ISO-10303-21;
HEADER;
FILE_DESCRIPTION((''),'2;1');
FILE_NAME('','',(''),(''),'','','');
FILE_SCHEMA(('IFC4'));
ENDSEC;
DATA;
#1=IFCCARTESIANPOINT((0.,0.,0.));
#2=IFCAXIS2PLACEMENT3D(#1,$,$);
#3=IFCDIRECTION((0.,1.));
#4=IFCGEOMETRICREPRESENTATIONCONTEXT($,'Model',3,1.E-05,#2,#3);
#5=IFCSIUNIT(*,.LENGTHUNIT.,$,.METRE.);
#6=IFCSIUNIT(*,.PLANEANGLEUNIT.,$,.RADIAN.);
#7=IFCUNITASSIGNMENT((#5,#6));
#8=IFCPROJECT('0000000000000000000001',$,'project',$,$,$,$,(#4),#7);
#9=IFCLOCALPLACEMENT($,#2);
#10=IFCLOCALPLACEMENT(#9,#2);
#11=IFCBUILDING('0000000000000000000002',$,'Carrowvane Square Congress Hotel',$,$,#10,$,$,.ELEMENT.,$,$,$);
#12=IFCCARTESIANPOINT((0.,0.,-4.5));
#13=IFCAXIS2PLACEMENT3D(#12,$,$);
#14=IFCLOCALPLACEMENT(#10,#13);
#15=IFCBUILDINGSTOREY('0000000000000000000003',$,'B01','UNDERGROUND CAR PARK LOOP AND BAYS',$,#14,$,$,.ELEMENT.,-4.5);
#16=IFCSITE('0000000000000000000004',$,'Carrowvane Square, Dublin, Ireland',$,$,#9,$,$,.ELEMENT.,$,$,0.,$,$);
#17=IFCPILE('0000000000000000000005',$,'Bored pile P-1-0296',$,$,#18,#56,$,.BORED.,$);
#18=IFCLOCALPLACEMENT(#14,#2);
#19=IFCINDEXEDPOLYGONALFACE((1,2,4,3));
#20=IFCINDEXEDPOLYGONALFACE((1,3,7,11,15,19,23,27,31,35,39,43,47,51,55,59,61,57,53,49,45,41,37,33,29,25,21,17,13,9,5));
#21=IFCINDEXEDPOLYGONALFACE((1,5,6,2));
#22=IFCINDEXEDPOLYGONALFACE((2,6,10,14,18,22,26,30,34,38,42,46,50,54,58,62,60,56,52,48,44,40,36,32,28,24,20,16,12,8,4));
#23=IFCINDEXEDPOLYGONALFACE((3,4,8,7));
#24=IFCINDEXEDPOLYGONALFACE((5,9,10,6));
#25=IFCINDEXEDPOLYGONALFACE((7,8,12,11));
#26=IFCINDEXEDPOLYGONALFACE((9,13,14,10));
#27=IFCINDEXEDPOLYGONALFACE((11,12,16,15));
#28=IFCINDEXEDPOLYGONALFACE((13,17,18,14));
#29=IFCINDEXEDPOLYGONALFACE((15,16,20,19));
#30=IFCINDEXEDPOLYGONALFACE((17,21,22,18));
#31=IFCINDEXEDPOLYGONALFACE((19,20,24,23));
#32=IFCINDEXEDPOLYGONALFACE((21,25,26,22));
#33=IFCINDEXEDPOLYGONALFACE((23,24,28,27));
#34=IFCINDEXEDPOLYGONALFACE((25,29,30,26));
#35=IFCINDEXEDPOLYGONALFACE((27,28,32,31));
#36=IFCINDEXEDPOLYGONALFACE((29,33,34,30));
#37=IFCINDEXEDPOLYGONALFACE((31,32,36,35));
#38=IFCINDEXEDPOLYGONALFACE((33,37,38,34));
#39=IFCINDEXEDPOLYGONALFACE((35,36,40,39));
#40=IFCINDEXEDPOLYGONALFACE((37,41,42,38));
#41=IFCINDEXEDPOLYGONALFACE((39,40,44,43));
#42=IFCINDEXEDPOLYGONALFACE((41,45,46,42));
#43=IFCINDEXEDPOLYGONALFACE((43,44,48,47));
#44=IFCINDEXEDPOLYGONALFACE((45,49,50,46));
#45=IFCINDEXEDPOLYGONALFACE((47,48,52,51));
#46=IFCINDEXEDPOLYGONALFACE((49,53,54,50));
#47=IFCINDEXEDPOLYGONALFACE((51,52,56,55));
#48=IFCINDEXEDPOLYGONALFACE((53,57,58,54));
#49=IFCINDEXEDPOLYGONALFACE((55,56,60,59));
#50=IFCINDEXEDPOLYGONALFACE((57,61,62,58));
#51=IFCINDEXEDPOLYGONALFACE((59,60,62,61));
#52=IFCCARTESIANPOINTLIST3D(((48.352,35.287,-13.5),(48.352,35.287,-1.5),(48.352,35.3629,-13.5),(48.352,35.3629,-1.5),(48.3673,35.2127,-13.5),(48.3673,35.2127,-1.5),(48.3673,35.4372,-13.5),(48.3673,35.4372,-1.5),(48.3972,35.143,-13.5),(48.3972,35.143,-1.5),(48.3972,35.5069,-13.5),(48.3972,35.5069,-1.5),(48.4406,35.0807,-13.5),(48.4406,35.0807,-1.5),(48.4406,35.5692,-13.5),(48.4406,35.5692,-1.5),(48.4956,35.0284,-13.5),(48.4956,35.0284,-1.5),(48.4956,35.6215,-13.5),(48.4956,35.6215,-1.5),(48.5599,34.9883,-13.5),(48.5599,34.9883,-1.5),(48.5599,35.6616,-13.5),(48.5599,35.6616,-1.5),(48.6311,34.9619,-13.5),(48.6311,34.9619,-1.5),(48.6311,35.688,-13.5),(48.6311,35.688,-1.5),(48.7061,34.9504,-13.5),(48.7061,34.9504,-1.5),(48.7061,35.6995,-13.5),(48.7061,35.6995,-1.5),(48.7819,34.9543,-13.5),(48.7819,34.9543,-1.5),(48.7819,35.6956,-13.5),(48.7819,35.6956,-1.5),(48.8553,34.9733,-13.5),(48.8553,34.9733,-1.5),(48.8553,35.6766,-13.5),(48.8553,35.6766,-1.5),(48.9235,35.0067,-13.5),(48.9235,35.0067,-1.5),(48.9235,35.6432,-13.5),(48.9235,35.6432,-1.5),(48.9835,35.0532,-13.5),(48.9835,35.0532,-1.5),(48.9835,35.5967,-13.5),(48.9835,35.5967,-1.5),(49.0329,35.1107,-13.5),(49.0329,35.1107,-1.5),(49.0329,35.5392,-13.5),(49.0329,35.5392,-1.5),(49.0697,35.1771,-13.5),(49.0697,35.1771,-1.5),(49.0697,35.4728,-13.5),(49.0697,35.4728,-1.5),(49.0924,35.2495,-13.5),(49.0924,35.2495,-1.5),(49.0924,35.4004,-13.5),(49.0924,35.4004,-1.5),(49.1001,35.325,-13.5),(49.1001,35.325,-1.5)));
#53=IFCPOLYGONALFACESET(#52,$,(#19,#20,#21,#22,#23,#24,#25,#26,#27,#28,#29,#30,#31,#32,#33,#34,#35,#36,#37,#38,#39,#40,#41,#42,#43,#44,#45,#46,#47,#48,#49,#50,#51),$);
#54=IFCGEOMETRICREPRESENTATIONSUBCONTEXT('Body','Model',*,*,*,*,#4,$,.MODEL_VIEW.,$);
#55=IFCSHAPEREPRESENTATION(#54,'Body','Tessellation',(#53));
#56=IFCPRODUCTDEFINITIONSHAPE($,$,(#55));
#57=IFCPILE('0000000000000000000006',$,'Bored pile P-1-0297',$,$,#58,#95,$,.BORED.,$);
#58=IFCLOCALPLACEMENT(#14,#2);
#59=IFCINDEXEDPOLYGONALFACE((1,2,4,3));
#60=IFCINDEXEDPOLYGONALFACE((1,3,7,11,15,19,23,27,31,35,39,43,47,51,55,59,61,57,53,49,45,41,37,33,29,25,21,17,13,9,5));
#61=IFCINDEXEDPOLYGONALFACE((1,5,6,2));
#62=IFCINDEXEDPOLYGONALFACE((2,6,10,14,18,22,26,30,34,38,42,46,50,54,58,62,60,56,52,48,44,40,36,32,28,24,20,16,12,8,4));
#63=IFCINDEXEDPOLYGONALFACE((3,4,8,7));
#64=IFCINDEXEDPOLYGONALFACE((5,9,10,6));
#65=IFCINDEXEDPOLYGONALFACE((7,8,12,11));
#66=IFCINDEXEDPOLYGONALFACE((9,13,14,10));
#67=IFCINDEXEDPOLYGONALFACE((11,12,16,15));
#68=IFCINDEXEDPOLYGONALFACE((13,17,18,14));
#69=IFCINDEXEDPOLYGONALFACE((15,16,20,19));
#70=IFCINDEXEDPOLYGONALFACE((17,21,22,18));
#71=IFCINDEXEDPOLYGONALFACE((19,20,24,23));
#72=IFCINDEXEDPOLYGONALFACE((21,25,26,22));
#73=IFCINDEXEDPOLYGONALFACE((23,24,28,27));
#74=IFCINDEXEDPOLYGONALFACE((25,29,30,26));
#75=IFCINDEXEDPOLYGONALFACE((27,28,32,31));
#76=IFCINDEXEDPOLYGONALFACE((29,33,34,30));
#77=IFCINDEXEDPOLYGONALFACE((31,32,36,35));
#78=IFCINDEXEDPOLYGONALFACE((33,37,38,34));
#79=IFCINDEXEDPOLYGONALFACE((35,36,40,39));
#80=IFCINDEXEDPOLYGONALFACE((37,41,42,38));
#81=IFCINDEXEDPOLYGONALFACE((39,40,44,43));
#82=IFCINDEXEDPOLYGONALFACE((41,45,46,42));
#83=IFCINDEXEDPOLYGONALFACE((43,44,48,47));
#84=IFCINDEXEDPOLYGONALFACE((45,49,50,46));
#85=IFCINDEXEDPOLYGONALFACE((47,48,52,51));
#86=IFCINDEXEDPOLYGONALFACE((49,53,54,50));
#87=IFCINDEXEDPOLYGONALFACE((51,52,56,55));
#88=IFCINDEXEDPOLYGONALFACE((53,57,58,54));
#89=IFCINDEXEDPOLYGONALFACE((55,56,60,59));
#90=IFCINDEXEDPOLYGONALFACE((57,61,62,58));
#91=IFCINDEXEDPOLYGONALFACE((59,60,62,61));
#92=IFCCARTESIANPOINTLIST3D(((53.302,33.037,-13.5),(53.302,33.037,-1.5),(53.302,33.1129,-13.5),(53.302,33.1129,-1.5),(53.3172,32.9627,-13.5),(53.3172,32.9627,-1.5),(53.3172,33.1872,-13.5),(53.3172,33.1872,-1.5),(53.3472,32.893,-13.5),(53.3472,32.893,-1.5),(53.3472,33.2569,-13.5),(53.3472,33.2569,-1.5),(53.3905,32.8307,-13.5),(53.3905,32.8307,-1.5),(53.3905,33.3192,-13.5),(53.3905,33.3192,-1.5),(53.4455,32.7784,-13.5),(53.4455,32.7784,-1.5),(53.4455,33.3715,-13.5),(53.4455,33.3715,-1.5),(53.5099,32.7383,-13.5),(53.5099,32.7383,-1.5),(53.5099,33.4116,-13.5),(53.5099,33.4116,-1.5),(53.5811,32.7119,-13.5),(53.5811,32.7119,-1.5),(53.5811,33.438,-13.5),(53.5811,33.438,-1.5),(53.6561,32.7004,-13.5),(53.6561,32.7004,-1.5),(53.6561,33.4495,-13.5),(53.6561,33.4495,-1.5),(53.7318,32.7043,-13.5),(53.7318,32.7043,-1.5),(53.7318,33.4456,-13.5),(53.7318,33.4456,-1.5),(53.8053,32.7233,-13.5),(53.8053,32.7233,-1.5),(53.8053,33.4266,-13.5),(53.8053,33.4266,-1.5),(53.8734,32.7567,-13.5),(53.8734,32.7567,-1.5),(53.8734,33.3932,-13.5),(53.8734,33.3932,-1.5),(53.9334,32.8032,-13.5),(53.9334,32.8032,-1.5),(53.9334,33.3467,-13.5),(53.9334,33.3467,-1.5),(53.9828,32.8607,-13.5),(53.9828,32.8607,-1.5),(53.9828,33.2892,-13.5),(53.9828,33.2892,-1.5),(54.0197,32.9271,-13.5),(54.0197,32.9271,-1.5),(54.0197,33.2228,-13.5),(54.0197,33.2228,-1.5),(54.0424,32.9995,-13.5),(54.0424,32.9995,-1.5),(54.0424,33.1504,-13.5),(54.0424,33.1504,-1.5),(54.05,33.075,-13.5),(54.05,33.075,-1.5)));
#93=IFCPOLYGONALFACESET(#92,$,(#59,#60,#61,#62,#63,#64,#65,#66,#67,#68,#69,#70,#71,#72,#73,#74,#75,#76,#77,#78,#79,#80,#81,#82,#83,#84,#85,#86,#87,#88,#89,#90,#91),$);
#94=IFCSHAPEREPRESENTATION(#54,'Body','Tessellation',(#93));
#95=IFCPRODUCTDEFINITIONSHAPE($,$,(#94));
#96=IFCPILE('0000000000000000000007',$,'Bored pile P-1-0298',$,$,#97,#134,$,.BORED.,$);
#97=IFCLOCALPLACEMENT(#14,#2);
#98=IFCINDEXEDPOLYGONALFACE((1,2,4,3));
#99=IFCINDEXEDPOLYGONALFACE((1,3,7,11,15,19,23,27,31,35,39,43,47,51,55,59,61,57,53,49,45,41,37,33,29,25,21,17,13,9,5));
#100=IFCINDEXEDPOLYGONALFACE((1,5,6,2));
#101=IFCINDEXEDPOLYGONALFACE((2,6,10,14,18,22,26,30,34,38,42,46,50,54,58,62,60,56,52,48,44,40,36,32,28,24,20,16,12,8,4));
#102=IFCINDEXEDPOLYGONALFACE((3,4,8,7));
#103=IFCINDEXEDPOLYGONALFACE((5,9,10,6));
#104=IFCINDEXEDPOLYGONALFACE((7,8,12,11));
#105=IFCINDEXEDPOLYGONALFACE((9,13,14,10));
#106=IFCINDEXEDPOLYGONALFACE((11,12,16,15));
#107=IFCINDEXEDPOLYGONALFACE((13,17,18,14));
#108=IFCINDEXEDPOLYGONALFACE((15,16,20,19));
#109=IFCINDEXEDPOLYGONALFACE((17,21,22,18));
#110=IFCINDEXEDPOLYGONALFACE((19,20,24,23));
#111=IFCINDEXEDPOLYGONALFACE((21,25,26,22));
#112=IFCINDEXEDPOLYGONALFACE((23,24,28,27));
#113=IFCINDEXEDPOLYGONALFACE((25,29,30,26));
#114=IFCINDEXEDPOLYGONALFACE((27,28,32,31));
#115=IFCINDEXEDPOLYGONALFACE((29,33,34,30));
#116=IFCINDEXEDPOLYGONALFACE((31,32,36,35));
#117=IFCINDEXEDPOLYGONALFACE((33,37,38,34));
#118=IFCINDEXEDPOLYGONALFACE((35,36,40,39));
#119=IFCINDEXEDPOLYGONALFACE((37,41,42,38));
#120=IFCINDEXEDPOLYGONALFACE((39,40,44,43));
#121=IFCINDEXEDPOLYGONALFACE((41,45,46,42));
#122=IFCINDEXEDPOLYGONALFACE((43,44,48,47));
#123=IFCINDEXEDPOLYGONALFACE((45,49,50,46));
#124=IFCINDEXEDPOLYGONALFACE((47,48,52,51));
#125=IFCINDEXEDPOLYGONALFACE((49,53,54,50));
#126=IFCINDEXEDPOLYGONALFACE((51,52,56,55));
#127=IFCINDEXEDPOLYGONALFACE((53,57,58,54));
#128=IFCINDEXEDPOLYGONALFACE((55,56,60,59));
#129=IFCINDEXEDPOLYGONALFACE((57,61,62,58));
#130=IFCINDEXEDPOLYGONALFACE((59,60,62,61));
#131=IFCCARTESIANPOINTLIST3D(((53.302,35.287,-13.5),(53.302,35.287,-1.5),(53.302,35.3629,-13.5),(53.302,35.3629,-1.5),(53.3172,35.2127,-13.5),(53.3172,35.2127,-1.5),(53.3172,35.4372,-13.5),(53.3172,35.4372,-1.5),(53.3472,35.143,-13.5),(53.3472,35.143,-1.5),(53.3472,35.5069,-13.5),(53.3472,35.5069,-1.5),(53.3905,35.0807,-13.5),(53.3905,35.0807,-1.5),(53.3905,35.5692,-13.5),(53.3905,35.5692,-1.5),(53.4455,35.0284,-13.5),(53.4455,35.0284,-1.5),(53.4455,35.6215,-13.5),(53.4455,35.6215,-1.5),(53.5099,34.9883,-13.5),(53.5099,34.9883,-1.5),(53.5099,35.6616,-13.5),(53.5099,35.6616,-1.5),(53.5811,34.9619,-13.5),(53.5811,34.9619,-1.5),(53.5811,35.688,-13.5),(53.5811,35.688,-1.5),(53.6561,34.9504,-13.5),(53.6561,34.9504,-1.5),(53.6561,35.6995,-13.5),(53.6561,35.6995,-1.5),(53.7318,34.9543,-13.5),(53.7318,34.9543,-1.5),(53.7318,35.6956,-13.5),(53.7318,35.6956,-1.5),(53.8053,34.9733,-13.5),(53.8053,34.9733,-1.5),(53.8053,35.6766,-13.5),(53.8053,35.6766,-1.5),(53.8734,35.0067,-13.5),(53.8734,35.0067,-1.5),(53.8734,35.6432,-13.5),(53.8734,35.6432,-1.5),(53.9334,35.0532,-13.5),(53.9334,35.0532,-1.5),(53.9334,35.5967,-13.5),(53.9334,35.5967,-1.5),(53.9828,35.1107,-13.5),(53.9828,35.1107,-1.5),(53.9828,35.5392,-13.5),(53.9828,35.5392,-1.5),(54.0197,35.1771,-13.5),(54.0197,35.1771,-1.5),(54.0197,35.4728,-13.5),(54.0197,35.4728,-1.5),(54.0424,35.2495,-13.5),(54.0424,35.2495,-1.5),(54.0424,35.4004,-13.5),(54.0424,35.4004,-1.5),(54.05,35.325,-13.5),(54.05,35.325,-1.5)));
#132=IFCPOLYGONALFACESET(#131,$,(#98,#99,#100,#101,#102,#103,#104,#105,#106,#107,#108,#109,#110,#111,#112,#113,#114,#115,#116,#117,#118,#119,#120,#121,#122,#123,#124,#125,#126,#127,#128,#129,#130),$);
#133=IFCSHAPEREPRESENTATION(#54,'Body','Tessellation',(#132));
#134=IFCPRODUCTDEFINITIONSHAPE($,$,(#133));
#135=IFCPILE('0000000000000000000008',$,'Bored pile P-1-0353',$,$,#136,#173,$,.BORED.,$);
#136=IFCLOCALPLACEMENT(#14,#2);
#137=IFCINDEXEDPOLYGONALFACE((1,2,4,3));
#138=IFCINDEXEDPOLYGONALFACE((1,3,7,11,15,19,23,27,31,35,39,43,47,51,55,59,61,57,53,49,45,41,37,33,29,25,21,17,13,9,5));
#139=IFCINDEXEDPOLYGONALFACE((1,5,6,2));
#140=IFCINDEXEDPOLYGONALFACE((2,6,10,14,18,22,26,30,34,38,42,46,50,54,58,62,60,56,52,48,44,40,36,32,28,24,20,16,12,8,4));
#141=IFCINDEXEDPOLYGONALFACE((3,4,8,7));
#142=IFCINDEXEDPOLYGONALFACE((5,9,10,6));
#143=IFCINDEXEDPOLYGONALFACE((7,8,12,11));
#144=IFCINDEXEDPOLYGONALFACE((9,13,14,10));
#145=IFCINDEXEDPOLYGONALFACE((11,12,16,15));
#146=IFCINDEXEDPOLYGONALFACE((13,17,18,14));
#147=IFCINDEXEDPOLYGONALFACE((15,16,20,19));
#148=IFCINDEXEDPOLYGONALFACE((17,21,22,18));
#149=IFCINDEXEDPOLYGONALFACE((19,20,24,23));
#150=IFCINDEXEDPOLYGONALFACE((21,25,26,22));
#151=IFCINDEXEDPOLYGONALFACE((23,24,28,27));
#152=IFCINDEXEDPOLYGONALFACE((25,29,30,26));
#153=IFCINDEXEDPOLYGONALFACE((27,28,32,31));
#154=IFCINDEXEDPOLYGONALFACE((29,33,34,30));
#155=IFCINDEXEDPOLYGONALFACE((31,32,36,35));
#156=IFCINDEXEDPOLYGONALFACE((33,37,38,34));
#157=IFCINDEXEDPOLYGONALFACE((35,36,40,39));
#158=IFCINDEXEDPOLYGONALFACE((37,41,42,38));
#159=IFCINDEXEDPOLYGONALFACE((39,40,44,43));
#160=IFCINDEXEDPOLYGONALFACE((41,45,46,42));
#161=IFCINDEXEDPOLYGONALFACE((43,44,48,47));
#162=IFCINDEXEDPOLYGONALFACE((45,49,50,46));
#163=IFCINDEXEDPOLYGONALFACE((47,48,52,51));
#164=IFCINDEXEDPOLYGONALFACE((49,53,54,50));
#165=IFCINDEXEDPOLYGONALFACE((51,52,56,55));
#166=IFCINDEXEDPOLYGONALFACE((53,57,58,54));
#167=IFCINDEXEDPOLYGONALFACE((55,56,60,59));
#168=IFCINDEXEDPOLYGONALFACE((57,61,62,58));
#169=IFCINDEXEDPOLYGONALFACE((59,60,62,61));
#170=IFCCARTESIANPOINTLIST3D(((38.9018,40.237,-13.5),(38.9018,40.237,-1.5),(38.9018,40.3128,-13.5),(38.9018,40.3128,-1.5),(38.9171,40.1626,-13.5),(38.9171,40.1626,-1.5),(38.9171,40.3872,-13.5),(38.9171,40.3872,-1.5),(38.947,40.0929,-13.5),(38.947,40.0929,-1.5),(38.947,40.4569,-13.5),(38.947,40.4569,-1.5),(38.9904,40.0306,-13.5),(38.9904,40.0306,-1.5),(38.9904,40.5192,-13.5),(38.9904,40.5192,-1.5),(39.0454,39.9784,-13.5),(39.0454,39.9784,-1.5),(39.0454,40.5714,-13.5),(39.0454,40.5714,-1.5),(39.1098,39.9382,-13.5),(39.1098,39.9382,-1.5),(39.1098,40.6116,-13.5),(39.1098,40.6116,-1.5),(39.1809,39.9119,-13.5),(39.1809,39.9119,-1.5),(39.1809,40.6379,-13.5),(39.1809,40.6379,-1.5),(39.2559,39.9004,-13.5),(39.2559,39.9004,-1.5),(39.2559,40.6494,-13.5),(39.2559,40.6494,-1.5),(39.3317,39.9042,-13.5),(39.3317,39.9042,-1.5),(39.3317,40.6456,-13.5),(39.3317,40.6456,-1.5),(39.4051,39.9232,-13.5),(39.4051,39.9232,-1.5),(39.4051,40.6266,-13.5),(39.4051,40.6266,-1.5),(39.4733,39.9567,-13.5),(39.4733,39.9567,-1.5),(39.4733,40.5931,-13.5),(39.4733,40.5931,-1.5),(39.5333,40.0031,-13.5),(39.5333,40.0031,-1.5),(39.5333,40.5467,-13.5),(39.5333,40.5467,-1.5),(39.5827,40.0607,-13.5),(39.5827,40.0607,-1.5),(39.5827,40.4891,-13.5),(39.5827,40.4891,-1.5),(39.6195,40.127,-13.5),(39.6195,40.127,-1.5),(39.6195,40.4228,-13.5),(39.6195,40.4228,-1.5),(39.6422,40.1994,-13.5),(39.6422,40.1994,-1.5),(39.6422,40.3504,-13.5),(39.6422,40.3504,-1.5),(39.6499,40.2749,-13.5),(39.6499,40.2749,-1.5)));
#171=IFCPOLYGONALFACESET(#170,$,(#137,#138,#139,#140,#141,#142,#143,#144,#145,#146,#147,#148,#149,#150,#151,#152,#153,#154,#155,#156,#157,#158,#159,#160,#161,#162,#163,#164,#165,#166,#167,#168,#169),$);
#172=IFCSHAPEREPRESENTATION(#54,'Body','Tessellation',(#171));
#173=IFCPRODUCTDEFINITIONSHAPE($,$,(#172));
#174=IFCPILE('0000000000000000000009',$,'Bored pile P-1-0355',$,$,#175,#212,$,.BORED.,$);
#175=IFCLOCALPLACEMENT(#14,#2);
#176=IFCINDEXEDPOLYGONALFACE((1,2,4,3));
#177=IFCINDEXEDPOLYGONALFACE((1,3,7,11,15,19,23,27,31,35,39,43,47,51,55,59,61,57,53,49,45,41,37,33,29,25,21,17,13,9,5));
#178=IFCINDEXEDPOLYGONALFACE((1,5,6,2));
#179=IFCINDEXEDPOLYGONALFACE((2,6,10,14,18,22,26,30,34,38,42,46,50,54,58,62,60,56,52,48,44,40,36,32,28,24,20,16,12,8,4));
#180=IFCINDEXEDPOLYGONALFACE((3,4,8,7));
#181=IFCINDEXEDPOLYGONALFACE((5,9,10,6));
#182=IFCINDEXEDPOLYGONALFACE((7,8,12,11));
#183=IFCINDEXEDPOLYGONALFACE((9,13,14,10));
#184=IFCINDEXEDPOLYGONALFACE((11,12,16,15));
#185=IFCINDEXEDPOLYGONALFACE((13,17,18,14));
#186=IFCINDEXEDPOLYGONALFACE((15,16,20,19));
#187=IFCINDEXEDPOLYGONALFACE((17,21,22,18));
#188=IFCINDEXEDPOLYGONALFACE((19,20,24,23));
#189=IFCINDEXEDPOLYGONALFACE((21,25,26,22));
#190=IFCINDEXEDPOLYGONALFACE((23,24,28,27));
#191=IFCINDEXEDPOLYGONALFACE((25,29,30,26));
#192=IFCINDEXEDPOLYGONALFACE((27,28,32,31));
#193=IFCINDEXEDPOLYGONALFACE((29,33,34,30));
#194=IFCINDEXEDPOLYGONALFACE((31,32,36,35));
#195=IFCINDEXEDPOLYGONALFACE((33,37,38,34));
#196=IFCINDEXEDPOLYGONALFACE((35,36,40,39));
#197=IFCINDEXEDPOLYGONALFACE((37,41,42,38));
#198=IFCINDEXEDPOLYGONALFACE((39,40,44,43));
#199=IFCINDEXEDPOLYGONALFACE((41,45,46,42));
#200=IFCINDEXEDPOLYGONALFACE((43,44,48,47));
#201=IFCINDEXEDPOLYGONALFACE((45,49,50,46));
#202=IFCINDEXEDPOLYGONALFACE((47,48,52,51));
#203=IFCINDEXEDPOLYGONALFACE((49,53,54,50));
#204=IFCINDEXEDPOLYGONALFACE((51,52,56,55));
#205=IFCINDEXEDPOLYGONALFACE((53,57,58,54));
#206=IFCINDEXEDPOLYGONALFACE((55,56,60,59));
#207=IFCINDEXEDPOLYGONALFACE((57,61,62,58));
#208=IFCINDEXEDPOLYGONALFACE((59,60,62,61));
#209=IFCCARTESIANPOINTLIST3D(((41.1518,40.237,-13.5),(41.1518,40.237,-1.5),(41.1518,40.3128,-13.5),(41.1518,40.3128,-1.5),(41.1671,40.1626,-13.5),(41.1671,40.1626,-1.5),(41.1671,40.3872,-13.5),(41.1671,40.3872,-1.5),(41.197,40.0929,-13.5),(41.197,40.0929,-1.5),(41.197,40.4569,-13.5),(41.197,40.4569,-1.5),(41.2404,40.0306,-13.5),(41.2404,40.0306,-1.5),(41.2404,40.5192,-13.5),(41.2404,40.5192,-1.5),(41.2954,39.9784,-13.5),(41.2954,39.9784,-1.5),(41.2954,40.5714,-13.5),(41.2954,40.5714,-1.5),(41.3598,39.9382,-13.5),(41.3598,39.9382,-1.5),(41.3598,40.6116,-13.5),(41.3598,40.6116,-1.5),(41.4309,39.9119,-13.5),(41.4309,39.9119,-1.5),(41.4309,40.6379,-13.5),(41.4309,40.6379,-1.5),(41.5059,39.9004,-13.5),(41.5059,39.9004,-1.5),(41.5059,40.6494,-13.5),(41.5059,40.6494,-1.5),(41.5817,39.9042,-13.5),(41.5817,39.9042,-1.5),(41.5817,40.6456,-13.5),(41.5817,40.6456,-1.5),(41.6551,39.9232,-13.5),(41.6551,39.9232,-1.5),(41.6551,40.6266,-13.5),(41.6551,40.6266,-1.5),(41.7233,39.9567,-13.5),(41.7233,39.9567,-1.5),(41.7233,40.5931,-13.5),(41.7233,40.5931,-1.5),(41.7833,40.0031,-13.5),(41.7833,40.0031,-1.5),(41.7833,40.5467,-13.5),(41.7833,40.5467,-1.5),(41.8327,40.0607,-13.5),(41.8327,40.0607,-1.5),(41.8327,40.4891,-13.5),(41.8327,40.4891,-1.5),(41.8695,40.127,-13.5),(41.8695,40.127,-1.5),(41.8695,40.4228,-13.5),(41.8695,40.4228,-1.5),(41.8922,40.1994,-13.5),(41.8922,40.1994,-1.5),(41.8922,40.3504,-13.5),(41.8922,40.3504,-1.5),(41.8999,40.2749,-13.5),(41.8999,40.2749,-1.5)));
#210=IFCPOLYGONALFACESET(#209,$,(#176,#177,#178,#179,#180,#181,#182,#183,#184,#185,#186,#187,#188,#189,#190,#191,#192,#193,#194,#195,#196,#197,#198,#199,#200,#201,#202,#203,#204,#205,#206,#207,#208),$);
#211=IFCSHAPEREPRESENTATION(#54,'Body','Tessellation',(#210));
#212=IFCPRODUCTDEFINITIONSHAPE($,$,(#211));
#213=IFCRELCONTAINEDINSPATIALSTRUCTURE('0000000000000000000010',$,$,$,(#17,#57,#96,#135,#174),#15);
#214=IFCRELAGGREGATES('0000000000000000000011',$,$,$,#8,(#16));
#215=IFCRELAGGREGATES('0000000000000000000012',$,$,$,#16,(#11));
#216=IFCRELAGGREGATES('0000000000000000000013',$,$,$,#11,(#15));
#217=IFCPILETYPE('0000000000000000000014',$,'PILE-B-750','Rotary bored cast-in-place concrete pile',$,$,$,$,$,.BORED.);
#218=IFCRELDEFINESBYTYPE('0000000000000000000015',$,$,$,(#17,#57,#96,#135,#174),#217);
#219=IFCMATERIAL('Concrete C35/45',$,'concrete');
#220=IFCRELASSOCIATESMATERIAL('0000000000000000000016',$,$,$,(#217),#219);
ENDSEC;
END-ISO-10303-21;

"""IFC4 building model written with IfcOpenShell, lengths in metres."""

from ifc_helpers import new_model, si_unit, direction, frame, origin, origin_2d, place, context, subcontext, project, spatial, circle, extrude, material, material_profile, profile_set, type_object, element, save


model = new_model("IFC4")

# Units and contexts
model_context = context("Model", 3, precision=1e-05, world=origin(), true_north=direction((0.0, 1.0)))
body_context = subcontext(model_context, "Body", "Model", "MODEL_VIEW")
ifc_project = project(units=[si_unit("LENGTHUNIT", "METRE"), si_unit("PLANEANGLEUNIT", "RADIAN")], contexts=[model_context])

# Site, building, storey
site_placement = place(None, origin())
site = spatial("IfcSite", under=ifc_project, at=site_placement, Name="Carrowvane Square, Dublin, Ireland", CompositionType="ELEMENT", RefElevation=0.0)
building_placement = place(site_placement, origin())
building = spatial("IfcBuilding", under=site, at=building_placement, Name="Carrowvane Square Congress Hotel", CompositionType="ELEMENT")
storey_placement = place(building_placement, frame((0.0, 0.0, -4.5)))
storey = spatial("IfcBuildingStorey", under=building, at=storey_placement, Name="B01", Description="UNDERGROUND CAR PARK LOOP AND BAYS", CompositionType="ELEMENT", Elevation=-4.5)

# Piles
ifc_material_1 = material(Name="Concrete C35/45", Category="concrete")
ifc_material_profile_1 = material_profile(ifc_material_1, circle(Radius=0.375, at=origin_2d()), Name="PILE D750")
ifc_profile_set_1 = profile_set([ifc_material_profile_1], Name="Concrete C35/45")
pile_type = type_object("IfcPileType", Name="PILE-B-750", Description="Rotary bored cast-in-place concrete pile", PredefinedType="BORED", material=ifc_profile_set_1)
for number, where, z_axis, x_axis, name in (
    (1, (48.7251, 35.325, -1.5), (0.0, 0.0, -1.0), (1.0, 0.0, 0.0), "Bored pile P-1-0296"),
    (2, (53.675, 33.075, -1.5), (0.0, 0.0, -1.0), (1.0, 0.0, 0.0), "Bored pile P-1-0297"),
    (3, (53.675, 35.325, -1.5), (0.0, 0.0, -1.0), (1.0, 0.0, 0.0), "Bored pile P-1-0298"),
    (4, (39.2749, 40.2749, -1.5), (0.0, 0.0, -1.0), (1.0, 0.0, 0.0), "Bored pile P-1-0353"),
    (5, (41.5249, 40.2749, -1.5), (0.0, 0.0, -1.0), (1.0, 0.0, 0.0), "Bored pile P-1-0355"),
):
    element("IfcPile", number, at=place(storey_placement, frame(where, z_axis=z_axis, x_axis=x_axis)), inside=storey, type_object=pile_type, Name=name, PredefinedType="BORED", context=body_context, shape_type="SweptSolid", body=[
        extrude(circle(Radius=0.375, at=origin_2d()), origin(), (0.0, 0.0, 1.0), 12.0),
    ])

save(model, "model.ifc")
